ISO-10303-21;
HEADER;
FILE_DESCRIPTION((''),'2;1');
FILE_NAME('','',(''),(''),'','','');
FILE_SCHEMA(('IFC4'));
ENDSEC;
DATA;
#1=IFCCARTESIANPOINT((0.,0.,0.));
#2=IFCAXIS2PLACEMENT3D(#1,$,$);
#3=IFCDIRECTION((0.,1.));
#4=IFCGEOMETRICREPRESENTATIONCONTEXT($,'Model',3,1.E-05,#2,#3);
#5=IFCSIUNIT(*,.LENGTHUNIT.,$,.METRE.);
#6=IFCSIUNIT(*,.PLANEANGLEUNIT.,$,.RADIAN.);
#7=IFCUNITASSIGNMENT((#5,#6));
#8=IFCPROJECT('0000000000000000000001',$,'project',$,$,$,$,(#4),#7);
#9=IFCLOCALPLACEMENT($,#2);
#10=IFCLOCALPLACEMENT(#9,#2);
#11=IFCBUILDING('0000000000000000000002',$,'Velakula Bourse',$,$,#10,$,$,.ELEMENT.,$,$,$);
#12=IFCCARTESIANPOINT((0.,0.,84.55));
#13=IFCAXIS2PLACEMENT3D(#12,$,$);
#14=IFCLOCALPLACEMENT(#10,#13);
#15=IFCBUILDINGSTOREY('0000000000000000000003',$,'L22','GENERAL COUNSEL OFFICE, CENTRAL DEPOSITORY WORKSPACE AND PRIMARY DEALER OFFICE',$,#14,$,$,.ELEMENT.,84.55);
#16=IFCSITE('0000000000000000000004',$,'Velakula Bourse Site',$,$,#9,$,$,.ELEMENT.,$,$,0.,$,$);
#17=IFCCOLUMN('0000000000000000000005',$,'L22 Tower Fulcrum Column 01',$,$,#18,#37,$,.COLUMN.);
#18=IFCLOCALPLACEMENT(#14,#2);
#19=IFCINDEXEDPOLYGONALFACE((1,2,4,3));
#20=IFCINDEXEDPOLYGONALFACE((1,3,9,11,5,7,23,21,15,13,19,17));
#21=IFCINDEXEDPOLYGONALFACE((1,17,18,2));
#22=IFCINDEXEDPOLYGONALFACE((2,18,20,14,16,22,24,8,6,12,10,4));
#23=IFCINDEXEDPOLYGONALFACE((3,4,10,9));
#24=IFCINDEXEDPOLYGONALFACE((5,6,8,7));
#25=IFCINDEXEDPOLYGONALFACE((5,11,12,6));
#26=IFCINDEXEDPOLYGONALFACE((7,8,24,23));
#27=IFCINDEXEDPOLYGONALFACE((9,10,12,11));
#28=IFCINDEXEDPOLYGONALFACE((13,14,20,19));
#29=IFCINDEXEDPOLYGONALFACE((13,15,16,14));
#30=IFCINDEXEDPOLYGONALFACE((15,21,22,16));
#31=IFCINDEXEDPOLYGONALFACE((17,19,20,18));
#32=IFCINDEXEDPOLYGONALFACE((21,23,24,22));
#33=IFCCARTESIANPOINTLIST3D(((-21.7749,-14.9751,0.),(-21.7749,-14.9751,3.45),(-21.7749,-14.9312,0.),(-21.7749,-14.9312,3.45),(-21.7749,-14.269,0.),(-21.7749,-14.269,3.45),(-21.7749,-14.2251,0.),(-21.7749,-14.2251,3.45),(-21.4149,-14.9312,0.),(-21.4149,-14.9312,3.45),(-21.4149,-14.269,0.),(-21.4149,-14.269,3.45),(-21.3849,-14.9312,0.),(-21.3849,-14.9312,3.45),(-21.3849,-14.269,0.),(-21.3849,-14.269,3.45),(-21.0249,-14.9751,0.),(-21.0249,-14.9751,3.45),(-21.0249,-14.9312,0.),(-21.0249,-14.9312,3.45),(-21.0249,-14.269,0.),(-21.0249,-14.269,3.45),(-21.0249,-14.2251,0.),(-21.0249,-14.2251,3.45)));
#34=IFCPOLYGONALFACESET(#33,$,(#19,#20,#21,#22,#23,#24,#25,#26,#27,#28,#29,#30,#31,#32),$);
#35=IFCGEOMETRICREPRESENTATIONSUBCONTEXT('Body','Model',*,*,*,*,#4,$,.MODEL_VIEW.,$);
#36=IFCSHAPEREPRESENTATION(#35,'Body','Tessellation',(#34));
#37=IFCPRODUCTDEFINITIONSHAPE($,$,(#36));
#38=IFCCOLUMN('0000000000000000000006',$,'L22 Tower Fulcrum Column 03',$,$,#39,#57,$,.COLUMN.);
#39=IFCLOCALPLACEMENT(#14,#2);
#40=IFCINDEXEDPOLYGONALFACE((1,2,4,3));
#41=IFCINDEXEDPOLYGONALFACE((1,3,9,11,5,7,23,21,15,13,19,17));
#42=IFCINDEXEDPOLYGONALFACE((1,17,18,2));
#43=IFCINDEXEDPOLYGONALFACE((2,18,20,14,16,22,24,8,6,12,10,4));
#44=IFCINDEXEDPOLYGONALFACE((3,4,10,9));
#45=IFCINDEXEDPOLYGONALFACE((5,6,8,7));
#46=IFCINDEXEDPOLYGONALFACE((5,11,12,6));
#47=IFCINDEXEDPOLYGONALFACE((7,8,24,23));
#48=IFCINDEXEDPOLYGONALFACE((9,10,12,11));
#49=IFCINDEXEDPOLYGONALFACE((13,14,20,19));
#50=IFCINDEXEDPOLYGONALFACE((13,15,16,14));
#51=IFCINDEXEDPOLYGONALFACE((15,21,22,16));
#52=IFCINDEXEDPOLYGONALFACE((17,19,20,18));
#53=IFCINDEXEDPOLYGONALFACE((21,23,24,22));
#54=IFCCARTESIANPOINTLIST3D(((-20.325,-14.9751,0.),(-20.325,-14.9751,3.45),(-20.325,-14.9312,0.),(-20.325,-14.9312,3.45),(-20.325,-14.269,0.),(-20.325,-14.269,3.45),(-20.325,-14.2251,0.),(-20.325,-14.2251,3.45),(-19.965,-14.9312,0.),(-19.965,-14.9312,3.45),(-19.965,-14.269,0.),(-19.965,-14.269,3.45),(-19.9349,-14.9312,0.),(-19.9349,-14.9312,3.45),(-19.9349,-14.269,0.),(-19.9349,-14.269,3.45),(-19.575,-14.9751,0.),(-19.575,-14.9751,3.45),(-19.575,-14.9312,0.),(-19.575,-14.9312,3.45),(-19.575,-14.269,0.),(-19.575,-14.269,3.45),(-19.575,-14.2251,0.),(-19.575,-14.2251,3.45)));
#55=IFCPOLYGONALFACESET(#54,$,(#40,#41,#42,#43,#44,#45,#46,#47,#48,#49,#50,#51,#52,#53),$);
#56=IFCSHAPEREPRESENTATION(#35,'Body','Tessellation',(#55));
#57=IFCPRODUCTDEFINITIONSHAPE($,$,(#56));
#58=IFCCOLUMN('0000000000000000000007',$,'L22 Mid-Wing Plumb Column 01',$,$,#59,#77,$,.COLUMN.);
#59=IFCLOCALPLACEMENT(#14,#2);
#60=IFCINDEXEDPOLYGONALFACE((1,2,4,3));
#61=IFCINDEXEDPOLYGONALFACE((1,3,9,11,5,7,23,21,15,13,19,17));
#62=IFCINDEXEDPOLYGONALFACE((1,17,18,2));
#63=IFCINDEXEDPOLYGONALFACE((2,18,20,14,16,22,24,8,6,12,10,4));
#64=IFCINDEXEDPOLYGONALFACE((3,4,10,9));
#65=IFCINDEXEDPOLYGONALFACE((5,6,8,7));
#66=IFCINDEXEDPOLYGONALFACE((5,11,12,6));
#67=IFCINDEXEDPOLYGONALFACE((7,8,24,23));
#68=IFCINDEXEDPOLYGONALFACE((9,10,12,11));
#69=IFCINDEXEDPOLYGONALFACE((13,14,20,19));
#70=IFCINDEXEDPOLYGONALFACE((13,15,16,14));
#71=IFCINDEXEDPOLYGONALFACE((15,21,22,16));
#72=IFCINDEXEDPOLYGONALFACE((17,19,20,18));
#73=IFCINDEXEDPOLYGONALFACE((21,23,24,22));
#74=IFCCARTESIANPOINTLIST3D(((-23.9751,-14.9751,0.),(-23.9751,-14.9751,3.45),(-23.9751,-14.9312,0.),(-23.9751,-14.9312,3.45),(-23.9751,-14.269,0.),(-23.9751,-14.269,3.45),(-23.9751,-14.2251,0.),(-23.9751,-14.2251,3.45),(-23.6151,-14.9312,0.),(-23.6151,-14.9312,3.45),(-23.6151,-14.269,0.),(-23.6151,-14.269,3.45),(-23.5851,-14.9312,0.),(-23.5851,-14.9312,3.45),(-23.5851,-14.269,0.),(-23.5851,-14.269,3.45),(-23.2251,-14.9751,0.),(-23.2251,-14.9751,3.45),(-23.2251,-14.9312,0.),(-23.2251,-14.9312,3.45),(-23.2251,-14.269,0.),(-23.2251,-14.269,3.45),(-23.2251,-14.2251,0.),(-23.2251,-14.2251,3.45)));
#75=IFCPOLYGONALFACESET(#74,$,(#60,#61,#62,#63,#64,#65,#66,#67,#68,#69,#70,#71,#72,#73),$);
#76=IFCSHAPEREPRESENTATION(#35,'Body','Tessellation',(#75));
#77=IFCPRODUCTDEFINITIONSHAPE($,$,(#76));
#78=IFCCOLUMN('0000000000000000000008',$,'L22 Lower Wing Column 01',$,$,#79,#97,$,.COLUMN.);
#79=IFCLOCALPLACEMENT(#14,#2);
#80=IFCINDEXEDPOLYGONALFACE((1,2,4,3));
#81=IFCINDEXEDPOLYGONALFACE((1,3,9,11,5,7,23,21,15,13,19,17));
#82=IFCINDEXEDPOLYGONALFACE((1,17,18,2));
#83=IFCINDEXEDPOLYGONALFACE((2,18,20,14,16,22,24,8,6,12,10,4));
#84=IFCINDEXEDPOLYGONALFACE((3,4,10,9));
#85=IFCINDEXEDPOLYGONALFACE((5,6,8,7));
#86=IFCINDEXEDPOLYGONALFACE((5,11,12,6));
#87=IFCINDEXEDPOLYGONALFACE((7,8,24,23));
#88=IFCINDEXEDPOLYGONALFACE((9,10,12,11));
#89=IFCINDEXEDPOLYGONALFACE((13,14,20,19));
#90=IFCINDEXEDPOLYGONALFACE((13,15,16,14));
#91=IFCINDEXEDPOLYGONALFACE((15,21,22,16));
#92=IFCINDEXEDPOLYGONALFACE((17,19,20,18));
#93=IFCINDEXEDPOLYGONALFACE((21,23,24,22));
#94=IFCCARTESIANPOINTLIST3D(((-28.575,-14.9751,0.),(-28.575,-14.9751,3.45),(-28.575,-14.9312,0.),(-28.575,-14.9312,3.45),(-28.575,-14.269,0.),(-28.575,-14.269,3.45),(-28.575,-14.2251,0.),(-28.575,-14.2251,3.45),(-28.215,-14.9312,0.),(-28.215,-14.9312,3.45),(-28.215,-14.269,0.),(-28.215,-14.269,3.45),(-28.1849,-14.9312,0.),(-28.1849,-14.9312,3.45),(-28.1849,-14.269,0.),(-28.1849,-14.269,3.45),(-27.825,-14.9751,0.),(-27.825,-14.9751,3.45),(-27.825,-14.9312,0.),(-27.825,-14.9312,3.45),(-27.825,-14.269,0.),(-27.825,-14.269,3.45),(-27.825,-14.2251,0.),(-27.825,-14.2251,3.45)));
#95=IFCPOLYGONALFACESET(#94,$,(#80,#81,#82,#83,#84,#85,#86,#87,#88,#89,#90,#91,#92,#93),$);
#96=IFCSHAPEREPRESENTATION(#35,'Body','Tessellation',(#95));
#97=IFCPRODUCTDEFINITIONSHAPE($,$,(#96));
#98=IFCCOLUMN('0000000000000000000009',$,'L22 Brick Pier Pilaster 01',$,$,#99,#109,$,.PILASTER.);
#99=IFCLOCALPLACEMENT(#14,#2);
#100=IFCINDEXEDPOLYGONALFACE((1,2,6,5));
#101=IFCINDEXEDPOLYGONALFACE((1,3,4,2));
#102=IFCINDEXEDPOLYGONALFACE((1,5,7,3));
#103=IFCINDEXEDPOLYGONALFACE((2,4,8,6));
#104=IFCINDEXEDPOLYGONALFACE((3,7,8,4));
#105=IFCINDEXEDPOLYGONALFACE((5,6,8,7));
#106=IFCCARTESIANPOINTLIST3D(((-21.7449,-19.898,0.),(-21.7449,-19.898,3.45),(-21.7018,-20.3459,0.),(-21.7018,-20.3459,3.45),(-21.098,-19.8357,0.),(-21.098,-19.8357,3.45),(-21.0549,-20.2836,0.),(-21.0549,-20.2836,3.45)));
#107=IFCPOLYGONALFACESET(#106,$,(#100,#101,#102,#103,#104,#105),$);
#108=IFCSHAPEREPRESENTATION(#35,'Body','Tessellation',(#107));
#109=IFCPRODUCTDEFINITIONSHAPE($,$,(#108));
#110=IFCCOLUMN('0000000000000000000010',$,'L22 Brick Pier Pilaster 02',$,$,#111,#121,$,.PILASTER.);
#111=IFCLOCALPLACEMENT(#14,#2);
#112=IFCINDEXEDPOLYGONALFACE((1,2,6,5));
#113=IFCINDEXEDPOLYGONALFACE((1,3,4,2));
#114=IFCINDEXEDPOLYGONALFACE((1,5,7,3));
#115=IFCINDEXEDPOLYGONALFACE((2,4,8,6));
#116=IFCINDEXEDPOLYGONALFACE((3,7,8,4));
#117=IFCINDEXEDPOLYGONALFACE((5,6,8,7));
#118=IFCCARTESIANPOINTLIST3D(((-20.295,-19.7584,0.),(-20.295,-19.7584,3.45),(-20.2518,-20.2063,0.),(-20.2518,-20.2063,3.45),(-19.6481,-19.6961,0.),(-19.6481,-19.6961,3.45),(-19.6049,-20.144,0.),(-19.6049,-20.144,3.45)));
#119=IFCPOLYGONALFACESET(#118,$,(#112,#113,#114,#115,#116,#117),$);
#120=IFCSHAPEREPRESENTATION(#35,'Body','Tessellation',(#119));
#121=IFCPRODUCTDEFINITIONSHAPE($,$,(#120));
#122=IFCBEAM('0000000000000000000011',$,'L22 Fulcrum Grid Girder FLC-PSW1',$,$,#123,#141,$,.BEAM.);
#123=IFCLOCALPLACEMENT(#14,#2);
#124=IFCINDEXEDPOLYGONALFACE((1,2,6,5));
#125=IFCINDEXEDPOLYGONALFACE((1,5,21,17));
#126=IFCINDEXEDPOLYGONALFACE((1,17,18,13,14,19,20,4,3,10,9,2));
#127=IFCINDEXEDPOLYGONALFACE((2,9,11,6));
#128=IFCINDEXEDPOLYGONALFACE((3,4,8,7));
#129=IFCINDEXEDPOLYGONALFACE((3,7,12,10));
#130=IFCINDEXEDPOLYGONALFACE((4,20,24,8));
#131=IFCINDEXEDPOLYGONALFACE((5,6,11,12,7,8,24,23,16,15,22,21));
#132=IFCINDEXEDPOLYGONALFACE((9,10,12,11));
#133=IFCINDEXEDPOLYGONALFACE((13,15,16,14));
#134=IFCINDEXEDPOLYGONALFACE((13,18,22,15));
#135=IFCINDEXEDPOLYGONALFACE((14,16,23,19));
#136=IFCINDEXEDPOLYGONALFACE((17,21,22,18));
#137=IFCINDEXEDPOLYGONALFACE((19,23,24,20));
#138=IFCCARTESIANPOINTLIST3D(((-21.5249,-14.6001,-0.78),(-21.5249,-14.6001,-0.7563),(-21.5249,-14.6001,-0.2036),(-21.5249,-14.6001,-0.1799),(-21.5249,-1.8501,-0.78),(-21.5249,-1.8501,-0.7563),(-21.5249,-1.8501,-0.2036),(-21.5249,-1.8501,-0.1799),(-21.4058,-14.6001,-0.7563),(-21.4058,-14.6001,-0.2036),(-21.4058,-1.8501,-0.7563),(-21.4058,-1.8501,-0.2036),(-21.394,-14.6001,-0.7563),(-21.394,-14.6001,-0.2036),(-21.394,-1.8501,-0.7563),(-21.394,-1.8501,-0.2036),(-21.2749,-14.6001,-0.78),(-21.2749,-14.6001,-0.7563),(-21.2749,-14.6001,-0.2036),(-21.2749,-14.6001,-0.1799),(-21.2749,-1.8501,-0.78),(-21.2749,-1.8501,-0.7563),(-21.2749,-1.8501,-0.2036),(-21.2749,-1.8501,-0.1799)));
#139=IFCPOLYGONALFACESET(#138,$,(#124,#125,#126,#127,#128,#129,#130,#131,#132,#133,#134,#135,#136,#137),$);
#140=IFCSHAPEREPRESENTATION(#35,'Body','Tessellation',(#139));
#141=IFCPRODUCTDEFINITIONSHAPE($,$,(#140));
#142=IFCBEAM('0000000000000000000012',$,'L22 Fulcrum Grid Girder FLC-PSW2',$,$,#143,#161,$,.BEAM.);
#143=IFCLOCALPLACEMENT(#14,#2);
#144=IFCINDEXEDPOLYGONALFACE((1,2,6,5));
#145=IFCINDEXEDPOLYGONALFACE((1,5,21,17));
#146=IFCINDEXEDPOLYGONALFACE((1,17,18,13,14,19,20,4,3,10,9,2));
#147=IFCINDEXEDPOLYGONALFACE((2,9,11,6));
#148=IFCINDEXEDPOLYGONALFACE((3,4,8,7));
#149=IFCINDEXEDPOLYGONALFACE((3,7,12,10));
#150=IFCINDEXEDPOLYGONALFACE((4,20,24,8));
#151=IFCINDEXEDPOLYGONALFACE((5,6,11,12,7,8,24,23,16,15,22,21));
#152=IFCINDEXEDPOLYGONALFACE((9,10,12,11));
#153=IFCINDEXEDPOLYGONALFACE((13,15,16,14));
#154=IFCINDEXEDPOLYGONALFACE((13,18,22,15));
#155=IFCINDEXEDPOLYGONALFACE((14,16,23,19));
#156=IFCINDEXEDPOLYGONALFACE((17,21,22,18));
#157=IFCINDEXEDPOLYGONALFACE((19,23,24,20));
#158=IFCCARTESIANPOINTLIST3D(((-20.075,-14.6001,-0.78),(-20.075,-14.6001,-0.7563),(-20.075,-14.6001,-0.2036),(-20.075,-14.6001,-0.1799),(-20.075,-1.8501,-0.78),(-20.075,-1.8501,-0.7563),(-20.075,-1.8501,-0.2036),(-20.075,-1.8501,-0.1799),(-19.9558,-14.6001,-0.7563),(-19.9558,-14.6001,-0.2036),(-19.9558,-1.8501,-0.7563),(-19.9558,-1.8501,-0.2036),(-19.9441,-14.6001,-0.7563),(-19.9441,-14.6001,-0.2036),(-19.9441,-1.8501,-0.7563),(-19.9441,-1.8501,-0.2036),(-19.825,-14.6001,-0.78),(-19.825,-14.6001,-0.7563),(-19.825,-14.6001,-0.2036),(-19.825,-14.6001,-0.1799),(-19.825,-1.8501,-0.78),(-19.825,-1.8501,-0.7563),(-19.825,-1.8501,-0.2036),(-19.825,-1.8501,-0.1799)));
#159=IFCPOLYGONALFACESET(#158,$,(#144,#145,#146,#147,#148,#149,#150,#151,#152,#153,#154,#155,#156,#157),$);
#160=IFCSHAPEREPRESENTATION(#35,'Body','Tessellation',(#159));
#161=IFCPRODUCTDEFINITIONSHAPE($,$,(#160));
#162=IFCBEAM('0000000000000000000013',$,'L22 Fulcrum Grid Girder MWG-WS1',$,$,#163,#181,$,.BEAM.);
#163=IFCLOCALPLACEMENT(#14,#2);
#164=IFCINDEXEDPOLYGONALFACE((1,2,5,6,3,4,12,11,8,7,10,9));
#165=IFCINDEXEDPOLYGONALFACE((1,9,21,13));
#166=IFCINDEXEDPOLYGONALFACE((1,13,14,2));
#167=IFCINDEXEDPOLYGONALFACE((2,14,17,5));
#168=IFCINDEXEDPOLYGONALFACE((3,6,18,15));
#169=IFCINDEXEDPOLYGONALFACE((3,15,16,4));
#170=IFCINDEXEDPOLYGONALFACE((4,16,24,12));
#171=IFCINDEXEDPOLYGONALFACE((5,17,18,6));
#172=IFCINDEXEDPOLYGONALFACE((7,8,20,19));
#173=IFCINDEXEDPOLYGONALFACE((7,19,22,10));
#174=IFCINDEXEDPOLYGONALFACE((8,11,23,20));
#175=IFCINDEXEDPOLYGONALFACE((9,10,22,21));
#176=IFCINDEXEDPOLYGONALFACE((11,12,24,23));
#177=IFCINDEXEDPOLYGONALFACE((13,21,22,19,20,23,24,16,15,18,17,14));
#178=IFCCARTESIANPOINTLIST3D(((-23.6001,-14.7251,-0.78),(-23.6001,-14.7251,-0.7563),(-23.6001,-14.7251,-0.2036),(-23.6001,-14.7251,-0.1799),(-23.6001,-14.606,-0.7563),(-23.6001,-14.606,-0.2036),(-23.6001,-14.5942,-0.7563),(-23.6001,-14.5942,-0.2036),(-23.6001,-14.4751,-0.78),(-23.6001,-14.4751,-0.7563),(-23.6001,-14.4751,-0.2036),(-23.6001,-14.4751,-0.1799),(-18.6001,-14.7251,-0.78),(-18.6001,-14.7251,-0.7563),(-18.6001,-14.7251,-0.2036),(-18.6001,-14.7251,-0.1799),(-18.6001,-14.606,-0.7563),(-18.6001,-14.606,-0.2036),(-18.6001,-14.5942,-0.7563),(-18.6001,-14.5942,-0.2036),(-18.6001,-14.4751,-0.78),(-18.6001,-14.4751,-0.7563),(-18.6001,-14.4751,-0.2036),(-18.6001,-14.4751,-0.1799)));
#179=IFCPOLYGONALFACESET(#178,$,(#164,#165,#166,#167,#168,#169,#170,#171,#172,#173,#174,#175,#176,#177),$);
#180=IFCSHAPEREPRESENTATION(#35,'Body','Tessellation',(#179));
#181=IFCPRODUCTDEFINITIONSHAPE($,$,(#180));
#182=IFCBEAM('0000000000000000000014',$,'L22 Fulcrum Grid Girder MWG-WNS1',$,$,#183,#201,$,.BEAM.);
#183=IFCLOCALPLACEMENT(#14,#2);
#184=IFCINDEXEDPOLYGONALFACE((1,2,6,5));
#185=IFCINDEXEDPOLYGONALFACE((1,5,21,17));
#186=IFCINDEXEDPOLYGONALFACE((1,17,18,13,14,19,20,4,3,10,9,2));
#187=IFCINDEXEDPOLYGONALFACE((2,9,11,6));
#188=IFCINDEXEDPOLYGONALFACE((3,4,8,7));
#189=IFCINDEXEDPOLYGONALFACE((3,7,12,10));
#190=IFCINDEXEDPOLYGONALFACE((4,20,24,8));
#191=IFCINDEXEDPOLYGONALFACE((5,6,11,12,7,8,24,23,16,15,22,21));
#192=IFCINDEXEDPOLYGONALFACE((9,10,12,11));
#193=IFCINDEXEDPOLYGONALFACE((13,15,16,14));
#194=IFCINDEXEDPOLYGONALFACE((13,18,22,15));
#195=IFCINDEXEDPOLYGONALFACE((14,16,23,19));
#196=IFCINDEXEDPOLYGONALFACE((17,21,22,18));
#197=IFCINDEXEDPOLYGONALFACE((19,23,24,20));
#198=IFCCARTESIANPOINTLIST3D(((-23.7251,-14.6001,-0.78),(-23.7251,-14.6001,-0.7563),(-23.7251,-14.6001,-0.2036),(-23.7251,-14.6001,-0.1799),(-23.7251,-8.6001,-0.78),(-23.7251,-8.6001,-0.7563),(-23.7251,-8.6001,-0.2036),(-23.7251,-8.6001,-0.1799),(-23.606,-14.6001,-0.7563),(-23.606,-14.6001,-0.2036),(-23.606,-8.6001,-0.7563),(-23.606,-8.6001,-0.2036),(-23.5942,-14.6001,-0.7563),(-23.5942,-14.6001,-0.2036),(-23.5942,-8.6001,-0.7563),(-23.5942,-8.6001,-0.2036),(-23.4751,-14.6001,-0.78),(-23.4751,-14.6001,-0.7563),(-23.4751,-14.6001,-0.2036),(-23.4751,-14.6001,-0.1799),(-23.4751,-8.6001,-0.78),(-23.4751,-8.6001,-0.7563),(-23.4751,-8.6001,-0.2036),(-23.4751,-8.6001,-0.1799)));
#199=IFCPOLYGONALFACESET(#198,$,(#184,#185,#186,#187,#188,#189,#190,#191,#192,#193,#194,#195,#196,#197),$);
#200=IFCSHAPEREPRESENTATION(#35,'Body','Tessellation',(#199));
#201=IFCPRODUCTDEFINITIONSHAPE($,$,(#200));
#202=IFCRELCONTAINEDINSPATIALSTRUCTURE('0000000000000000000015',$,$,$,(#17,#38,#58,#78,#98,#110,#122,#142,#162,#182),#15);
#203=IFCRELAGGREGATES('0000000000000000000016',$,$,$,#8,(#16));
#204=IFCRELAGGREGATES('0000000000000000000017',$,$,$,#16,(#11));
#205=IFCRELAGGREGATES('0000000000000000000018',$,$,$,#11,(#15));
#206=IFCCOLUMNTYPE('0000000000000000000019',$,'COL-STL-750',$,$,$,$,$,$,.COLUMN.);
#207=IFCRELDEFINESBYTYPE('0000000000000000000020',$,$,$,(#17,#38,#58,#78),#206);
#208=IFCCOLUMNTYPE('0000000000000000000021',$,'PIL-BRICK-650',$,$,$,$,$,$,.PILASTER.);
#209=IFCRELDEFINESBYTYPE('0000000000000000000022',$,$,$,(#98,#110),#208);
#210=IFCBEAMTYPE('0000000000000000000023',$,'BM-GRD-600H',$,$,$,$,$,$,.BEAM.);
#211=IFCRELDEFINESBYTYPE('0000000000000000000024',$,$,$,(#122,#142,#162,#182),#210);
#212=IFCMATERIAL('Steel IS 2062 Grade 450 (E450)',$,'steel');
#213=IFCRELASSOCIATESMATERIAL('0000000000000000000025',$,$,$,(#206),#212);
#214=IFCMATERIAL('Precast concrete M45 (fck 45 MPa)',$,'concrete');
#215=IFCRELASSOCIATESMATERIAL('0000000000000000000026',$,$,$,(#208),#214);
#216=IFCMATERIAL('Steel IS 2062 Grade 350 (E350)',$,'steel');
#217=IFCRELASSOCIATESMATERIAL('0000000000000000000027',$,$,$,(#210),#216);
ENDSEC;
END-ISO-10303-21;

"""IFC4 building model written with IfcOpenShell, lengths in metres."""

from ifc_helpers import new_model, si_unit, direction, frame, origin, origin_2d, place, context, subcontext, project, spatial, rectangle, i_section, extrude, material, material_profile, profile_set, type_object, element, save


model = new_model("IFC4")

# Units and contexts
model_context = context("Model", 3, precision=1e-05, world=origin(), true_north=direction((0.0, 1.0)))
body_context = subcontext(model_context, "Body", "Model", "MODEL_VIEW")
ifc_project = project(units=[si_unit("LENGTHUNIT", "METRE"), si_unit("PLANEANGLEUNIT", "RADIAN")], contexts=[model_context])

# Site, building, storey
site_placement = place(None, origin())
site = spatial("IfcSite", under=ifc_project, at=site_placement, Name="Velakula Bourse Site", CompositionType="ELEMENT", RefElevation=0.0)
building_placement = place(site_placement, origin())
building = spatial("IfcBuilding", under=site, at=building_placement, Name="Velakula Bourse", CompositionType="ELEMENT")
storey_placement = place(building_placement, frame((0.0, 0.0, 84.55)))
storey = spatial("IfcBuildingStorey", under=building, at=storey_placement, Name="L22", Description="GENERAL COUNSEL OFFICE, CENTRAL DEPOSITORY WORKSPACE AND PRIMARY DEALER OFFICE", CompositionType="ELEMENT", Elevation=84.55)

# Columns
ifc_material_1 = material(Name="Steel IS 2062 Grade 450 (E450)", Category="steel")
ifc_material_profile_1 = material_profile(ifc_material_1, i_section(OverallWidth=0.75, OverallDepth=0.75, WebThickness=0.03, FlangeThickness=0.0439, at=origin_2d()), Name="Steel IS 2062 Grade 450 (E450)")
ifc_profile_set_1 = profile_set([ifc_material_profile_1], Name="Steel IS 2062 Grade 450 (E450)")
column_type_1 = type_object("IfcColumnType", Name="COL-STL-750", PredefinedType="COLUMN", material=ifc_profile_set_1)
for number, where, z_axis, x_axis, name in (
    (1, (-21.3999, -14.6001, 0.0), (0.0, 0.0, 1.0), (1.0, 0.0, 0.0), "L22 Tower Fulcrum Column 01"),
    (2, (-19.95, -14.6001, 0.0), (0.0, 0.0, 1.0), (1.0, 0.0, 0.0), "L22 Tower Fulcrum Column 03"),
    (3, (-23.6001, -14.6001, 0.0), (0.0, 0.0, 1.0), (1.0, 0.0, 0.0), "L22 Mid-Wing Plumb Column 01"),
    (4, (-28.2, -14.6001, 0.0), (0.0, 0.0, 1.0), (1.0, 0.0, 0.0), "L22 Lower Wing Column 01"),
):
    element("IfcColumn", number, at=place(storey_placement, frame(where, z_axis=z_axis, x_axis=x_axis)), inside=storey, type_object=column_type_1, Name=name, PredefinedType="COLUMN", context=body_context, shape_type="SweptSolid", body=[
        extrude(i_section(OverallWidth=0.75, OverallDepth=0.75, WebThickness=0.03, FlangeThickness=0.0439, at=origin_2d()), origin(), (0.0, 0.0, 1.0), 3.45),
    ])
ifc_material_2 = material(Name="Precast concrete M45 (fck 45 MPa)", Category="concrete")
ifc_material_profile_2 = material_profile(ifc_material_2, rectangle(XDim=0.6499, YDim=0.45, at=origin_2d()), Name="Precast concrete M45 (fck 45 MPa)")
ifc_profile_set_2 = profile_set([ifc_material_profile_2], Name="Precast concrete M45 (fck 45 MPa)")
column_type_2 = type_object("IfcColumnType", Name="PIL-BRICK-650", PredefinedType="PILASTER", material=ifc_profile_set_2)
for number, where, z_axis, x_axis, name in (
    (5, (-21.3999, -20.0908, 0.0), (0.0, 0.0, 1.0), (0.995396, 0.095846, 0.0), "L22 Brick Pier Pilaster 01"),
    (6, (-19.95, -19.9512, 0.0), (0.0, 0.0, 1.0), (0.995396, 0.095846, 0.0), "L22 Brick Pier Pilaster 02"),
):
    element("IfcColumn", number, at=place(storey_placement, frame(where, z_axis=z_axis, x_axis=x_axis)), inside=storey, type_object=column_type_2, Name=name, PredefinedType="PILASTER", context=body_context, shape_type="SweptSolid", body=[
        extrude(rectangle(XDim=0.6499, YDim=0.45, at=origin_2d()), origin(), (0.0, 0.0, 1.0), 3.45),
    ])

# Beams
ifc_material_3 = material(Name="Steel IS 2062 Grade 350 (E350)", Category="steel")
ifc_material_profile_3 = material_profile(ifc_material_3, i_section(OverallWidth=0.25, OverallDepth=0.6001, WebThickness=0.0117, FlangeThickness=0.0237, at=origin_2d()), Name="Steel IS 2062 Grade 350 (E350)")
ifc_profile_set_3 = profile_set([ifc_material_profile_3], Name="Steel IS 2062 Grade 350 (E350)")
beam_type_1 = type_object("IfcBeamType", Name="BM-GRD-600H", PredefinedType="BEAM", material=ifc_profile_set_3)
for number, where, z_axis, x_axis, name in (
    (7, (-21.3999, -14.6001, -0.48), (0.0, 1.0, 0.0), (-1.0, 0.0, 0.0), "L22 Fulcrum Grid Girder FLC-PSW1"),
    (8, (-19.95, -14.6001, -0.48), (0.0, 1.0, 0.0), (-1.0, 0.0, 0.0), "L22 Fulcrum Grid Girder FLC-PSW2"),
):
    element("IfcBeam", number, at=place(storey_placement, frame(where, z_axis=z_axis, x_axis=x_axis)), inside=storey, type_object=beam_type_1, Name=name, PredefinedType="BEAM", context=body_context, shape_type="SweptSolid", body=[
        extrude(i_section(OverallWidth=0.25, OverallDepth=0.6001, WebThickness=0.0117, FlangeThickness=0.0237, at=origin_2d()), origin(), (0.0, 0.0, 1.0), 12.75),
    ])
beam_1_placement = place(storey_placement, frame((-23.6001, -14.6001, -0.48), z_axis=(1.0, 0.0, 0.0), x_axis=(0.0, 1.0, 0.0)))
element("IfcBeam", 9, at=beam_1_placement, inside=storey, type_object=beam_type_1, Name="L22 Fulcrum Grid Girder MWG-WS1", PredefinedType="BEAM", context=body_context, shape_type="SweptSolid", body=[
    extrude(i_section(OverallWidth=0.25, OverallDepth=0.6001, WebThickness=0.0117, FlangeThickness=0.0237, at=origin_2d()), origin(), (0.0, 0.0, 1.0), 5.0),
])
beam_2_placement = place(storey_placement, frame((-23.6001, -14.6001, -0.48), z_axis=(0.0, 1.0, 0.0), x_axis=(-1.0, 0.0, 0.0)))
element("IfcBeam", 10, at=beam_2_placement, inside=storey, type_object=beam_type_1, Name="L22 Fulcrum Grid Girder MWG-WNS1", PredefinedType="BEAM", context=body_context, shape_type="SweptSolid", body=[
    extrude(i_section(OverallWidth=0.25, OverallDepth=0.6001, WebThickness=0.0117, FlangeThickness=0.0237, at=origin_2d()), origin(), (0.0, 0.0, 1.0), 6.0),
])

save(model, "model.ifc")
